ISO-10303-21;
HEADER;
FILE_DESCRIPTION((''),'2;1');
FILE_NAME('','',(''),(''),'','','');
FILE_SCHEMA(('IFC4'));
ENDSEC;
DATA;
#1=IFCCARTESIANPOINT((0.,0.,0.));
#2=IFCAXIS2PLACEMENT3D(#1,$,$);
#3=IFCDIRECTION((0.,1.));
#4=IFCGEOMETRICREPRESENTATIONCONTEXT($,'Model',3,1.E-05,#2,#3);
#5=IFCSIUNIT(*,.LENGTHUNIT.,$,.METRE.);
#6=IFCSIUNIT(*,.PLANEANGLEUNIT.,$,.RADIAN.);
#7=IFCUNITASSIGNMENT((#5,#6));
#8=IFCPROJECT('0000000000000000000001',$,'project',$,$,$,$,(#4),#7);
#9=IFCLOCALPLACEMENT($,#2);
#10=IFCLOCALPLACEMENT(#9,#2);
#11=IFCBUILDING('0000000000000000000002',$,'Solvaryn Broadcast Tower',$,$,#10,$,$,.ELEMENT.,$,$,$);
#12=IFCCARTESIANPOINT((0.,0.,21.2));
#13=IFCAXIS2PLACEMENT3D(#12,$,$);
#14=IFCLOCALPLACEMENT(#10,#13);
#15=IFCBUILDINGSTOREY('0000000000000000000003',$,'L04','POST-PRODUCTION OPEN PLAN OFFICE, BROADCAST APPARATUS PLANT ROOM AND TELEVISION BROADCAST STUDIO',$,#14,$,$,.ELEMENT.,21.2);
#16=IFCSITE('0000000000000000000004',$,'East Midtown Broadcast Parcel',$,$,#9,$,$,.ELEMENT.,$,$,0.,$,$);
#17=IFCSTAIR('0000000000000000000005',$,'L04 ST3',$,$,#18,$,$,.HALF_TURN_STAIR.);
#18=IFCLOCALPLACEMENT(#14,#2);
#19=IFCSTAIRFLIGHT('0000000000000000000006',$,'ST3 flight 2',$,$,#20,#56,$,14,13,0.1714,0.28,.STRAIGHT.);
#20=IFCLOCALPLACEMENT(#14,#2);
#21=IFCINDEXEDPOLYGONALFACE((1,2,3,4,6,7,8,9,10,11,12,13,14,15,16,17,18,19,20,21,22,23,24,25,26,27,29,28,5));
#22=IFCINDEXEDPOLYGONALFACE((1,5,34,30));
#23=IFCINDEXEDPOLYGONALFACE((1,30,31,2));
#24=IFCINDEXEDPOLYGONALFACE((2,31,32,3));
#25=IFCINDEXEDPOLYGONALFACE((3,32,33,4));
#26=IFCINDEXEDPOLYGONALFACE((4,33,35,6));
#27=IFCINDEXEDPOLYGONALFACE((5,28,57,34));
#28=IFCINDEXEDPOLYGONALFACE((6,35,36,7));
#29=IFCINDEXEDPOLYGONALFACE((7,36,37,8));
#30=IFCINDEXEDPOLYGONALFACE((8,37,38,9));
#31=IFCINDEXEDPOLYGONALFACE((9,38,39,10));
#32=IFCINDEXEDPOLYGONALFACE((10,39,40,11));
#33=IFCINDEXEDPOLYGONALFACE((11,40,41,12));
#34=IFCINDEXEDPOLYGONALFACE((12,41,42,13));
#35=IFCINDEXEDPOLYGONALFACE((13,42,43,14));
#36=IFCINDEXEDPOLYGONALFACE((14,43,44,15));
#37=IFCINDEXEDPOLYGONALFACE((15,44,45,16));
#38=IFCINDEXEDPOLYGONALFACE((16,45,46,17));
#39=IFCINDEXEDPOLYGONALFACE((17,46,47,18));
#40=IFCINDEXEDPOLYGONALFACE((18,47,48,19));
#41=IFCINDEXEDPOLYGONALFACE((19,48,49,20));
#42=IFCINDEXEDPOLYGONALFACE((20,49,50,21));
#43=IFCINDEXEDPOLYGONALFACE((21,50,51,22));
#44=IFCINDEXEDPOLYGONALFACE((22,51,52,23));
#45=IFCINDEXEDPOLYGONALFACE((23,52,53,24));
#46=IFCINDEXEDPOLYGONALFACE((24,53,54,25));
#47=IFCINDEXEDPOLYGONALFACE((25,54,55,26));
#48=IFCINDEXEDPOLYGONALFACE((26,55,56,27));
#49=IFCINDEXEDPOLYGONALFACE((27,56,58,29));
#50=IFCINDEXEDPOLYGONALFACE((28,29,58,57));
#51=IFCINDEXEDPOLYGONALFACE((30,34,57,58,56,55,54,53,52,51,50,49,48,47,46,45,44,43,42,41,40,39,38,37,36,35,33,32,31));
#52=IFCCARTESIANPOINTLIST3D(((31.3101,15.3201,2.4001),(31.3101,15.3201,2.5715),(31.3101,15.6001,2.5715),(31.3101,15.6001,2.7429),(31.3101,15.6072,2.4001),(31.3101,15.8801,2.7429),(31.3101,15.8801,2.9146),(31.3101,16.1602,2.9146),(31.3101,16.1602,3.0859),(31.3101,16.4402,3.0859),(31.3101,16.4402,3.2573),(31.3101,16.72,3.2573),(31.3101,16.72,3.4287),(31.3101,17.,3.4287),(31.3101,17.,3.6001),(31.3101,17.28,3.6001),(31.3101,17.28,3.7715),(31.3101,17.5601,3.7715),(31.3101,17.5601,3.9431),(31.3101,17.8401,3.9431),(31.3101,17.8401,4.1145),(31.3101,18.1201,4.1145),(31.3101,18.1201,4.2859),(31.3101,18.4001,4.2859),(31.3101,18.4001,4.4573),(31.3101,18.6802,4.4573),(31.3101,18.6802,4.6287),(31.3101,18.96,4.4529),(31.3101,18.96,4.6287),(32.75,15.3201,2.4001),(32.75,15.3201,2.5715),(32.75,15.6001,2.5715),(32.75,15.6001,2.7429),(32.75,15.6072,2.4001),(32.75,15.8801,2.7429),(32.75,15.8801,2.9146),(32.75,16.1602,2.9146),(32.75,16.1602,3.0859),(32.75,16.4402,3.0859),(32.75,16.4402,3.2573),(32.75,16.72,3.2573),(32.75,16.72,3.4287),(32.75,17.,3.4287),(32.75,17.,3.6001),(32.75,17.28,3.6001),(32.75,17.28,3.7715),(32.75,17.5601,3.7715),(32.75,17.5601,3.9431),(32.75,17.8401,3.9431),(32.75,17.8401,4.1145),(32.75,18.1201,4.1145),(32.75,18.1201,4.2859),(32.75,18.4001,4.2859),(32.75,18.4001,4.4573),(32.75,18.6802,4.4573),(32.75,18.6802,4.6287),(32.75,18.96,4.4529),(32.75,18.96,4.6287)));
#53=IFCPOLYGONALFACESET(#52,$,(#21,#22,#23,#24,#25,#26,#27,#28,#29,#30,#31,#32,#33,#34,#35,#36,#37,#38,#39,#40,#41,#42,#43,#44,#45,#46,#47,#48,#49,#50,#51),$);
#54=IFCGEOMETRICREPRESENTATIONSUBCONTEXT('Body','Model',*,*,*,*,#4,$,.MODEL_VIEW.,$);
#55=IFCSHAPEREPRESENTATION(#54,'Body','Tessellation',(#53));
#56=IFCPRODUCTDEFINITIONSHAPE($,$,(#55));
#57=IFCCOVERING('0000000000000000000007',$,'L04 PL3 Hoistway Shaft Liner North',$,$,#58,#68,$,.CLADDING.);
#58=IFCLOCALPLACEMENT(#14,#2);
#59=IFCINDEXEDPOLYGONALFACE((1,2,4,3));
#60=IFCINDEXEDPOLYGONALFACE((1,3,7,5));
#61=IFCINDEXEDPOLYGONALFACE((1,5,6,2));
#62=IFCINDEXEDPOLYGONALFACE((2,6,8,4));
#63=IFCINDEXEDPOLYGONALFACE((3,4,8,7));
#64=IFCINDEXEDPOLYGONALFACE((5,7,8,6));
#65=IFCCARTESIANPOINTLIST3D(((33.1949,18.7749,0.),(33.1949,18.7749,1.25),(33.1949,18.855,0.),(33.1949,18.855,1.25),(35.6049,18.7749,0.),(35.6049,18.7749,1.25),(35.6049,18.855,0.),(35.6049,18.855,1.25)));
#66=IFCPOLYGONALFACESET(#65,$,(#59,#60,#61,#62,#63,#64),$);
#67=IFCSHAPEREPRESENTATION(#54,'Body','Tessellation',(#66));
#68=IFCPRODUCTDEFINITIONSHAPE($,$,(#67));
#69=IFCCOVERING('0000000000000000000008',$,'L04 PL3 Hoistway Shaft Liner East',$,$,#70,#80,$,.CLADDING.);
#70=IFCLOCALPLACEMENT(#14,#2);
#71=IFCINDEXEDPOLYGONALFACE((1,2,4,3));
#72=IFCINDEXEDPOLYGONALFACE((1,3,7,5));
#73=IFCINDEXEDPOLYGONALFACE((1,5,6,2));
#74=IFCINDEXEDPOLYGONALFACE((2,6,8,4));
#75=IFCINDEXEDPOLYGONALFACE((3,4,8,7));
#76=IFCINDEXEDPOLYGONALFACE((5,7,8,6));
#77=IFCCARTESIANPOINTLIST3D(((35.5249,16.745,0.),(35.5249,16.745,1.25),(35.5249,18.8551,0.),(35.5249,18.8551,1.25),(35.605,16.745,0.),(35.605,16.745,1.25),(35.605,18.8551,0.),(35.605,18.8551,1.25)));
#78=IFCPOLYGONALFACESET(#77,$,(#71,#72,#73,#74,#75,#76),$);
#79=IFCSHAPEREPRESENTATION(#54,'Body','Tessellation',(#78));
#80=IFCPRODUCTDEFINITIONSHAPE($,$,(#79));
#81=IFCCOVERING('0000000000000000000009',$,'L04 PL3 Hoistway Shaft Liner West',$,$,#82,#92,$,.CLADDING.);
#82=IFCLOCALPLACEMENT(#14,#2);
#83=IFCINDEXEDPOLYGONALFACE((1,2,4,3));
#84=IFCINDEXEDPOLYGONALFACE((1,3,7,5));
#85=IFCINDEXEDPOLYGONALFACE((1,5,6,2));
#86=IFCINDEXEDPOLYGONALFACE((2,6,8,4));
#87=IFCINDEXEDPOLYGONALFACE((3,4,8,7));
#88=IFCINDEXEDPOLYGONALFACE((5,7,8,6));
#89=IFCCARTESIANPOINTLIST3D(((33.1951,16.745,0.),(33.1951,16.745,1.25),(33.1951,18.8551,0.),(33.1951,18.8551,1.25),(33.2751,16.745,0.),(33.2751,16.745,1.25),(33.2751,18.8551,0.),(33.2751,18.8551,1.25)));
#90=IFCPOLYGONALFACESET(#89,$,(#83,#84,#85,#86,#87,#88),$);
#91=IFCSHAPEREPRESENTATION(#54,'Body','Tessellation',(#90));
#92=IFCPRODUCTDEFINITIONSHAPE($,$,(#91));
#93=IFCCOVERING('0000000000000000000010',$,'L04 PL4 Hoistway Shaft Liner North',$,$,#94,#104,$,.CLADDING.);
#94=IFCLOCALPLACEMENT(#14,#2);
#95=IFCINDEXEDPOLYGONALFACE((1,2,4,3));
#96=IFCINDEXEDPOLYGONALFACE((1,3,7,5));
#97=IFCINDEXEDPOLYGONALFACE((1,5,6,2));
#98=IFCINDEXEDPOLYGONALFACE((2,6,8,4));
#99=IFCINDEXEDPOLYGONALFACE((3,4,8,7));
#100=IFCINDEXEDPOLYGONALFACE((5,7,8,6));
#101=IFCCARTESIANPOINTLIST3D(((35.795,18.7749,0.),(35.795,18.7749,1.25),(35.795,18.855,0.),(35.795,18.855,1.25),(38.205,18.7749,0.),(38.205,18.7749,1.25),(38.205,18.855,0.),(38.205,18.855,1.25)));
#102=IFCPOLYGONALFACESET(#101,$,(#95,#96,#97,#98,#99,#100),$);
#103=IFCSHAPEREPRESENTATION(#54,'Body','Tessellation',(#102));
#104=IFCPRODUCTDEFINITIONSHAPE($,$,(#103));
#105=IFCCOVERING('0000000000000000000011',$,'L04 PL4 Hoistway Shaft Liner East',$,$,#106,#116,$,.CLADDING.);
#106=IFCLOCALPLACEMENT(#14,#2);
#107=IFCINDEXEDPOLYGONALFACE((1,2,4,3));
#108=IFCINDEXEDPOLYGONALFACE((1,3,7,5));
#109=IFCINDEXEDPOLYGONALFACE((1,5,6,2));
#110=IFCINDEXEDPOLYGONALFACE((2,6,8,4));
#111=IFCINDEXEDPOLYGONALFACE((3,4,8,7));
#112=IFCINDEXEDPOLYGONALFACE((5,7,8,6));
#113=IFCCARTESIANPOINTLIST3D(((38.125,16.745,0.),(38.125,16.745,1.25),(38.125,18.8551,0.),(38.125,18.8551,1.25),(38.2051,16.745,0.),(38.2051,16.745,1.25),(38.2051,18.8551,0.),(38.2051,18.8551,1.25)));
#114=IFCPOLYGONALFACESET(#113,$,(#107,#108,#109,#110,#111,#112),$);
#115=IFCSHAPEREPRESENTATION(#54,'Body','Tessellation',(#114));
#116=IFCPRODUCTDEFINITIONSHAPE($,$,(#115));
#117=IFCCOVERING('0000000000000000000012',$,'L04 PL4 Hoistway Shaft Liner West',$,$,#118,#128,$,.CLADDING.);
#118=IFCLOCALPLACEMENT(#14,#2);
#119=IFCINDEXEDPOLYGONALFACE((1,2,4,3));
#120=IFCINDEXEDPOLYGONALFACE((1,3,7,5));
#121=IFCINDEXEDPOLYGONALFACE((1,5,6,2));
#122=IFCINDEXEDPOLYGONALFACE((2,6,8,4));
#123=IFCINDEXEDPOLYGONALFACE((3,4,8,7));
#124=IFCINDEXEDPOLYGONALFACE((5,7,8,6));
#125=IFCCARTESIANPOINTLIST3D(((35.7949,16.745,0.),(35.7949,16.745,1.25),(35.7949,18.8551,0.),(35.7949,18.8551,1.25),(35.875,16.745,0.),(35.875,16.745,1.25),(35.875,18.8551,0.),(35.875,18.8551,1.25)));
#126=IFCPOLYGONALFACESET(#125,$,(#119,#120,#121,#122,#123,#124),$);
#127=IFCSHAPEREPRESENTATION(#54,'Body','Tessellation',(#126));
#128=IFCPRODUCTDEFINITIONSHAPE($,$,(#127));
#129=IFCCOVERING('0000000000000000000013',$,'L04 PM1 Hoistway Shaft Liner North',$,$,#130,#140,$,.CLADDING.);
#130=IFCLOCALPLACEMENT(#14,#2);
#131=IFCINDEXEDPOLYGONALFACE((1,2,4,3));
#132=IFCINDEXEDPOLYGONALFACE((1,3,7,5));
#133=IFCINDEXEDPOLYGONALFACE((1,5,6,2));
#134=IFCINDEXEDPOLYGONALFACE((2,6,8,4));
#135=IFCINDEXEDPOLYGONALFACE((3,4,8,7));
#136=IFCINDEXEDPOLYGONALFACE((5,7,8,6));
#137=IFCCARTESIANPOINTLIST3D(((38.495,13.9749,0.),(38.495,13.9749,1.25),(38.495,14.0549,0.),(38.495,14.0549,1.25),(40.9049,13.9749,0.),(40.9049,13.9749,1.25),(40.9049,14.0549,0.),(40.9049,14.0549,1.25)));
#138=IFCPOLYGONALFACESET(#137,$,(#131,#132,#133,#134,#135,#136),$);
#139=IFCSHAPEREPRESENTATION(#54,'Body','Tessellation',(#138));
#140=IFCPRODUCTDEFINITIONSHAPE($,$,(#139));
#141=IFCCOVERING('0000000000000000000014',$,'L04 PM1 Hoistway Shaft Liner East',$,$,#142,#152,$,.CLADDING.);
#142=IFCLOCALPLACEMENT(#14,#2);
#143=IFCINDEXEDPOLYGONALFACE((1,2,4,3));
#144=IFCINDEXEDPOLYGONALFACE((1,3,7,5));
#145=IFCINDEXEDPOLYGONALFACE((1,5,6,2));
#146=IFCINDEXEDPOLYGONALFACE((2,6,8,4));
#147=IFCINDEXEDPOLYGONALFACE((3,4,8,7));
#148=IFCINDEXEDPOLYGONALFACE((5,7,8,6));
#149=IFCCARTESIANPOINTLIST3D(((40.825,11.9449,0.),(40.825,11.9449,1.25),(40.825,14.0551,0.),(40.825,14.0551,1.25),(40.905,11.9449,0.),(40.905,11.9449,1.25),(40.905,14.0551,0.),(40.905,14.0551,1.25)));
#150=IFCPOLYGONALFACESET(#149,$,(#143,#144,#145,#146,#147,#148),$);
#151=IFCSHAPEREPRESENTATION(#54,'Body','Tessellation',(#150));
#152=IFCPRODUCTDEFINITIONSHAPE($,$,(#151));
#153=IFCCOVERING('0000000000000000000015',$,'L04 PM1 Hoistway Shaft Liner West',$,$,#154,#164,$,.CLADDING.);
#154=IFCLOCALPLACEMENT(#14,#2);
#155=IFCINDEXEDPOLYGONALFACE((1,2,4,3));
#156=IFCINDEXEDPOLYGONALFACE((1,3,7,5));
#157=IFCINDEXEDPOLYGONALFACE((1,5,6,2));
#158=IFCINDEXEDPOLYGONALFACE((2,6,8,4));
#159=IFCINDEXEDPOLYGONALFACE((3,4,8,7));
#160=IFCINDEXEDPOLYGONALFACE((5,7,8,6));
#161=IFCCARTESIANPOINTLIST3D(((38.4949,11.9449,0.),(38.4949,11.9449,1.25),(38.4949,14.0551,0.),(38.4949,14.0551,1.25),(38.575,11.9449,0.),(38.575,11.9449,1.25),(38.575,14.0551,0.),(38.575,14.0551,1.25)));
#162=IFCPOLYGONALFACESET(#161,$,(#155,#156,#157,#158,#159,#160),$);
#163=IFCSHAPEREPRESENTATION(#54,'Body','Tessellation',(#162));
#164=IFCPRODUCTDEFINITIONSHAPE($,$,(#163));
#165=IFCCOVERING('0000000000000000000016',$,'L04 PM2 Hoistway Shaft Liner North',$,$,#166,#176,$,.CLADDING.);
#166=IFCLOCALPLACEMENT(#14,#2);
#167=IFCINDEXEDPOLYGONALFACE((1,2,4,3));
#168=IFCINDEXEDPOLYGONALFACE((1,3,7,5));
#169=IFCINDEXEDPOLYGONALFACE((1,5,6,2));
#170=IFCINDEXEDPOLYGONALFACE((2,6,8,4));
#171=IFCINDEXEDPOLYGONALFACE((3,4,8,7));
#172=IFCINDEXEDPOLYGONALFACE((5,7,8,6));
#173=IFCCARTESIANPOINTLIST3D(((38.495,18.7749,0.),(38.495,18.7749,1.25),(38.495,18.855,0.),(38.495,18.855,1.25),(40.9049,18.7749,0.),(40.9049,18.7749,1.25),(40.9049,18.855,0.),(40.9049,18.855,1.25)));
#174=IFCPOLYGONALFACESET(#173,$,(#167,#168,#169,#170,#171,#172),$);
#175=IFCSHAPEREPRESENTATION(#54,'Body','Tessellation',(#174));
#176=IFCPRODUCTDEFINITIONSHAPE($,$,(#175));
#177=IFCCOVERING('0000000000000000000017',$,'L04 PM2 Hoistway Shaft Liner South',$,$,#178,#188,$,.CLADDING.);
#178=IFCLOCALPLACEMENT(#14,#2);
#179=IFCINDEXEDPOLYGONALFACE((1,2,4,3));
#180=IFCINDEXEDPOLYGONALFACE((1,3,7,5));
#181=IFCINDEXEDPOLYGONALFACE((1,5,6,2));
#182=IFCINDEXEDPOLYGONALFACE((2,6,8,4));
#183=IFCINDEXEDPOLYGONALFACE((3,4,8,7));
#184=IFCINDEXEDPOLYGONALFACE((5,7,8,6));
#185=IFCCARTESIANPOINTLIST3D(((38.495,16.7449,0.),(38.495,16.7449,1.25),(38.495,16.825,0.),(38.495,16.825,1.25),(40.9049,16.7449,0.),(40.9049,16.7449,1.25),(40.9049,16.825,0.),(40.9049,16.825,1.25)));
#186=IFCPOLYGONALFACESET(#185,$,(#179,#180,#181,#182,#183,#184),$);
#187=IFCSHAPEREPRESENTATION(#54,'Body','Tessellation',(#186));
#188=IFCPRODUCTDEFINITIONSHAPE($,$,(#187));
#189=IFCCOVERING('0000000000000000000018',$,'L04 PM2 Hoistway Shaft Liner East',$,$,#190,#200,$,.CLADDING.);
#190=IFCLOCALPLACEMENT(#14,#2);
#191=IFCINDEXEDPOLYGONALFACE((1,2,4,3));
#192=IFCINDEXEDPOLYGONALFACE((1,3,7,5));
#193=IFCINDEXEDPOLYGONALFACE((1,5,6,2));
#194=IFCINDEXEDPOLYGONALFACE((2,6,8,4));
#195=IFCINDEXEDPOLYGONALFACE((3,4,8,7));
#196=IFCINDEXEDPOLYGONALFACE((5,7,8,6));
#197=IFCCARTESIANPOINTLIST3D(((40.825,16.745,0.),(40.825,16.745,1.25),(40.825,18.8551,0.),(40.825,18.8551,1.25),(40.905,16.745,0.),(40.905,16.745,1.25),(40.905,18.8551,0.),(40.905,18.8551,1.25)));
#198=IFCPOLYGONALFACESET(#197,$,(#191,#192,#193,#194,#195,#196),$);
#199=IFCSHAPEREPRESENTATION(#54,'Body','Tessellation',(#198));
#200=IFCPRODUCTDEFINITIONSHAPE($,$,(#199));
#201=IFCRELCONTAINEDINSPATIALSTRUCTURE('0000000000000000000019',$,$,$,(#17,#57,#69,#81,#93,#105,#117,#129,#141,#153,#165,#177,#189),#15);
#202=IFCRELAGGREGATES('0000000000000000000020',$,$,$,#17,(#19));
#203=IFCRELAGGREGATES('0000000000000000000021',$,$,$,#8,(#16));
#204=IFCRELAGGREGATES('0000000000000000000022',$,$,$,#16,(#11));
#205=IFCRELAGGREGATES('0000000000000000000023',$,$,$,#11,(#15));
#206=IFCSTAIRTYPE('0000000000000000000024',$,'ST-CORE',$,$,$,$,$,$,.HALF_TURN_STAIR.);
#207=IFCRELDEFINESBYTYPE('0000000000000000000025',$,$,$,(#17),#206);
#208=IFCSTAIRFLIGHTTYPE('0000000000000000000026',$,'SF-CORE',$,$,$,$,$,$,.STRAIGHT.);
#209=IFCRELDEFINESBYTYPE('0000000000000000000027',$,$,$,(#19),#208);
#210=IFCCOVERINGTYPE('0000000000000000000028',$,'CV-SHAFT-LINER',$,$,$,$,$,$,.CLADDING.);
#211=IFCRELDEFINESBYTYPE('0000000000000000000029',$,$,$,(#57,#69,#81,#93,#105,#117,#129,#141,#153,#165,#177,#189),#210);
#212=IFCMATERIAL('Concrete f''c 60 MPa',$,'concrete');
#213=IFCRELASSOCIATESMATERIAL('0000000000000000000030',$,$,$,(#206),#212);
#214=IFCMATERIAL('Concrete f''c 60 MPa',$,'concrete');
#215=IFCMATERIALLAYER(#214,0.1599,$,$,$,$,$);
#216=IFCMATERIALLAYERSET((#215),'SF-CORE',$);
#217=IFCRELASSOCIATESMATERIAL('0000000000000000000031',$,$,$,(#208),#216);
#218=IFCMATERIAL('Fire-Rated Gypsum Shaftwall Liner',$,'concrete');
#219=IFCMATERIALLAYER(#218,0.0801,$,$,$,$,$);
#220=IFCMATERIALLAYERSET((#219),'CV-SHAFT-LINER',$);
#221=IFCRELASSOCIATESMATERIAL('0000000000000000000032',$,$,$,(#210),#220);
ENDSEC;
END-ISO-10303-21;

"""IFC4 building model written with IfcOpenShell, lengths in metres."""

from ifc_helpers import new_model, si_unit, direction, frame, origin, origin_2d, place, context, subcontext, project, spatial, polyline, rectangle, outline, extrude, material, layer, layer_set, type_object, element, aggregate, save


model = new_model("IFC4")

# Units and contexts
model_context = context("Model", 3, precision=1e-05, world=origin(), true_north=direction((0.0, 1.0)))
body_context = subcontext(model_context, "Body", "Model", "MODEL_VIEW")
ifc_project = project(units=[si_unit("LENGTHUNIT", "METRE"), si_unit("PLANEANGLEUNIT", "RADIAN")], contexts=[model_context])

# Site, building, storey
site_placement = place(None, origin())
site = spatial("IfcSite", under=ifc_project, at=site_placement, Name="East Midtown Broadcast Parcel", CompositionType="ELEMENT", RefElevation=0.0)
building_placement = place(site_placement, origin())
building = spatial("IfcBuilding", under=site, at=building_placement, Name="Solvaryn Broadcast Tower", CompositionType="ELEMENT")
storey_placement = place(building_placement, frame((0.0, 0.0, 21.2)))
storey = spatial("IfcBuildingStorey", under=building, at=storey_placement, Name="L04", Description="POST-PRODUCTION OPEN PLAN OFFICE, BROADCAST APPARATUS PLANT ROOM AND TELEVISION BROADCAST STUDIO", CompositionType="ELEMENT", Elevation=21.2)

# Stair, stair flight
ifc_material_1 = material(Name="Concrete f'c 60 MPa", Category="concrete")
stair_type = type_object("IfcStairType", Name="ST-CORE", PredefinedType="HALF_TURN_STAIR", material=ifc_material_1)
stair_placement = place(storey_placement, origin())
stair = element("IfcStair", 1, at=stair_placement, inside=storey, type_object=stair_type, Name="L04 ST3", PredefinedType="HALF_TURN_STAIR")
ifc_material_2 = material(Name="Concrete f'c 60 MPa", Category="concrete")
ifc_layer_1 = layer(ifc_material_2, 0.1599)
ifc_layer_set_1 = layer_set([ifc_layer_1], Name="SF-CORE")
stair_flight_type = type_object("IfcStairFlightType", Name="SF-CORE", PredefinedType="STRAIGHT", material=ifc_layer_set_1)
stair_flight_1_placement = place(storey_placement, frame((32.03, 15.3201, 2.4001), z_axis=(0.0, 0.0, 1.0), x_axis=(0.0, 1.0, 0.0)))
stair_flight_1 = element("IfcStairFlight", 2, at=stair_flight_1_placement, type_object=stair_flight_type, Name="ST3 flight 2", NumberOfRisers=14, NumberOfTreads=13, PredefinedType="STRAIGHT", RiserHeight=0.1714, TreadLength=0.28, context=body_context, shape_type="SweptSolid", body=[
    extrude(outline(polyline([(0.0, 0.0), (0.0, 0.1714), (0.28, 0.1714), (0.28, 0.3428), (0.5601, 0.3428), (0.5601, 0.5144), (0.8401, 0.5144), (0.8401, 0.6858), (1.1201, 0.6858), (1.1201, 0.8572), (1.3999, 0.8572), (1.3999, 1.0286), (1.6799, 1.0286), (1.6799, 1.2), (1.96, 1.2), (1.96, 1.3713), (2.24, 1.3713), (2.24, 1.543), (2.52, 1.543), (2.52, 1.7144), (2.8, 1.7144), (2.8, 1.8857), (3.0801, 1.8857), (3.0801, 2.0571), (3.3601, 2.0571), (3.3601, 2.2285), (3.6399, 2.2285), (3.6399, 2.3999), (3.6399, 2.0527), (0.2871, 0.0), (0.0, 0.0)])), frame((0.0, 0.72, 0.0), z_axis=(0.0, -1.0, 0.0), x_axis=(1.0, 0.0, 0.0)), (0.0, 0.0, 1.0), 1.4399),
])
aggregate(stair, [stair_flight_1])

# Coverings
ifc_material_3 = material(Name="Fire-Rated Gypsum Shaftwall Liner", Category="concrete")
ifc_layer_2 = layer(ifc_material_3, 0.0801)
ifc_layer_set_2 = layer_set([ifc_layer_2], Name="CV-SHAFT-LINER")
covering_type = type_object("IfcCoveringType", Name="CV-SHAFT-LINER", PredefinedType="CLADDING", material=ifc_layer_set_2)
covering_1_placement = place(storey_placement, frame((34.3999, 18.8149, 0.0), z_axis=(0.0, 0.0, 1.0), x_axis=(1.0, 0.0, 0.0)))
element("IfcCovering", 3, at=covering_1_placement, inside=storey, type_object=covering_type, Name="L04 PL3 Hoistway Shaft Liner North", PredefinedType="CLADDING", context=body_context, shape_type="SweptSolid", body=[
    extrude(rectangle(XDim=2.4099, YDim=0.0801, at=origin_2d()), origin(), (0.0, 0.0, 1.0), 1.25),
])
for number, where, z_axis, x_axis, name in (
    (4, (35.5649, 17.8, 0.0), (0.0, 0.0, 1.0), (1.0, 0.0, 0.0), "L04 PL3 Hoistway Shaft Liner East"),
    (5, (33.2351, 17.8, 0.0), (0.0, 0.0, 1.0), (1.0, 0.0, 0.0), "L04 PL3 Hoistway Shaft Liner West"),
):
    element("IfcCovering", number, at=place(storey_placement, frame(where, z_axis=z_axis, x_axis=x_axis)), inside=storey, type_object=covering_type, Name=name, PredefinedType="CLADDING", context=body_context, shape_type="SweptSolid", body=[
        extrude(rectangle(XDim=0.0801, YDim=2.1101, at=origin_2d()), origin(), (0.0, 0.0, 1.0), 1.25),
    ])
covering_2_placement = place(storey_placement, frame((37.0, 18.8149, 0.0), z_axis=(0.0, 0.0, 1.0), x_axis=(1.0, 0.0, 0.0)))
element("IfcCovering", 6, at=covering_2_placement, inside=storey, type_object=covering_type, Name="L04 PL4 Hoistway Shaft Liner North", PredefinedType="CLADDING", context=body_context, shape_type="SweptSolid", body=[
    extrude(rectangle(XDim=2.4099, YDim=0.0801, at=origin_2d()), origin(), (0.0, 0.0, 1.0), 1.25),
])
for number, where, z_axis, x_axis, name in (
    (7, (38.165, 17.8, 0.0), (0.0, 0.0, 1.0), (1.0, 0.0, 0.0), "L04 PL4 Hoistway Shaft Liner East"),
    (8, (35.835, 17.8, 0.0), (0.0, 0.0, 1.0), (1.0, 0.0, 0.0), "L04 PL4 Hoistway Shaft Liner West"),
):
    element("IfcCovering", number, at=place(storey_placement, frame(where, z_axis=z_axis, x_axis=x_axis)), inside=storey, type_object=covering_type, Name=name, PredefinedType="CLADDING", context=body_context, shape_type="SweptSolid", body=[
        extrude(rectangle(XDim=0.0801, YDim=2.1101, at=origin_2d()), origin(), (0.0, 0.0, 1.0), 1.25),
    ])
covering_3_placement = place(storey_placement, frame((39.7, 14.0149, 0.0), z_axis=(0.0, 0.0, 1.0), x_axis=(1.0, 0.0, 0.0)))
element("IfcCovering", 9, at=covering_3_placement, inside=storey, type_object=covering_type, Name="L04 PM1 Hoistway Shaft Liner North", PredefinedType="CLADDING", context=body_context, shape_type="SweptSolid", body=[
    extrude(rectangle(XDim=2.4099, YDim=0.0801, at=origin_2d()), origin(), (0.0, 0.0, 1.0), 1.25),
])
for number, where, z_axis, x_axis, name in (
    (10, (40.865, 13.0, 0.0), (0.0, 0.0, 1.0), (1.0, 0.0, 0.0), "L04 PM1 Hoistway Shaft Liner East"),
    (11, (38.5349, 13.0, 0.0), (0.0, 0.0, 1.0), (1.0, 0.0, 0.0), "L04 PM1 Hoistway Shaft Liner West"),
):
    element("IfcCovering", number, at=place(storey_placement, frame(where, z_axis=z_axis, x_axis=x_axis)), inside=storey, type_object=covering_type, Name=name, PredefinedType="CLADDING", context=body_context, shape_type="SweptSolid", body=[
        extrude(rectangle(XDim=0.0801, YDim=2.1101, at=origin_2d()), origin(), (0.0, 0.0, 1.0), 1.25),
    ])
for number, where, z_axis, x_axis, name in (
    (12, (39.7, 18.8149, 0.0), (0.0, 0.0, 1.0), (1.0, 0.0, 0.0), "L04 PM2 Hoistway Shaft Liner North"),
    (13, (39.7, 16.7849, 0.0), (0.0, 0.0, 1.0), (1.0, 0.0, 0.0), "L04 PM2 Hoistway Shaft Liner South"),
):
    element("IfcCovering", number, at=place(storey_placement, frame(where, z_axis=z_axis, x_axis=x_axis)), inside=storey, type_object=covering_type, Name=name, PredefinedType="CLADDING", context=body_context, shape_type="SweptSolid", body=[
        extrude(rectangle(XDim=2.4099, YDim=0.0801, at=origin_2d()), origin(), (0.0, 0.0, 1.0), 1.25),
    ])
for number, where, z_axis, x_axis, name in (
    (14, (40.865, 17.8, 0.0), (0.0, 0.0, 1.0), (1.0, 0.0, 0.0), "L04 PM2 Hoistway Shaft Liner East"),
):
    element("IfcCovering", number, at=place(storey_placement, frame(where, z_axis=z_axis, x_axis=x_axis)), inside=storey, type_object=covering_type, Name=name, PredefinedType="CLADDING", context=body_context, shape_type="SweptSolid", body=[
        extrude(rectangle(XDim=0.0801, YDim=2.1101, at=origin_2d()), origin(), (0.0, 0.0, 1.0), 1.25),
    ])

save(model, "model.ifc")
